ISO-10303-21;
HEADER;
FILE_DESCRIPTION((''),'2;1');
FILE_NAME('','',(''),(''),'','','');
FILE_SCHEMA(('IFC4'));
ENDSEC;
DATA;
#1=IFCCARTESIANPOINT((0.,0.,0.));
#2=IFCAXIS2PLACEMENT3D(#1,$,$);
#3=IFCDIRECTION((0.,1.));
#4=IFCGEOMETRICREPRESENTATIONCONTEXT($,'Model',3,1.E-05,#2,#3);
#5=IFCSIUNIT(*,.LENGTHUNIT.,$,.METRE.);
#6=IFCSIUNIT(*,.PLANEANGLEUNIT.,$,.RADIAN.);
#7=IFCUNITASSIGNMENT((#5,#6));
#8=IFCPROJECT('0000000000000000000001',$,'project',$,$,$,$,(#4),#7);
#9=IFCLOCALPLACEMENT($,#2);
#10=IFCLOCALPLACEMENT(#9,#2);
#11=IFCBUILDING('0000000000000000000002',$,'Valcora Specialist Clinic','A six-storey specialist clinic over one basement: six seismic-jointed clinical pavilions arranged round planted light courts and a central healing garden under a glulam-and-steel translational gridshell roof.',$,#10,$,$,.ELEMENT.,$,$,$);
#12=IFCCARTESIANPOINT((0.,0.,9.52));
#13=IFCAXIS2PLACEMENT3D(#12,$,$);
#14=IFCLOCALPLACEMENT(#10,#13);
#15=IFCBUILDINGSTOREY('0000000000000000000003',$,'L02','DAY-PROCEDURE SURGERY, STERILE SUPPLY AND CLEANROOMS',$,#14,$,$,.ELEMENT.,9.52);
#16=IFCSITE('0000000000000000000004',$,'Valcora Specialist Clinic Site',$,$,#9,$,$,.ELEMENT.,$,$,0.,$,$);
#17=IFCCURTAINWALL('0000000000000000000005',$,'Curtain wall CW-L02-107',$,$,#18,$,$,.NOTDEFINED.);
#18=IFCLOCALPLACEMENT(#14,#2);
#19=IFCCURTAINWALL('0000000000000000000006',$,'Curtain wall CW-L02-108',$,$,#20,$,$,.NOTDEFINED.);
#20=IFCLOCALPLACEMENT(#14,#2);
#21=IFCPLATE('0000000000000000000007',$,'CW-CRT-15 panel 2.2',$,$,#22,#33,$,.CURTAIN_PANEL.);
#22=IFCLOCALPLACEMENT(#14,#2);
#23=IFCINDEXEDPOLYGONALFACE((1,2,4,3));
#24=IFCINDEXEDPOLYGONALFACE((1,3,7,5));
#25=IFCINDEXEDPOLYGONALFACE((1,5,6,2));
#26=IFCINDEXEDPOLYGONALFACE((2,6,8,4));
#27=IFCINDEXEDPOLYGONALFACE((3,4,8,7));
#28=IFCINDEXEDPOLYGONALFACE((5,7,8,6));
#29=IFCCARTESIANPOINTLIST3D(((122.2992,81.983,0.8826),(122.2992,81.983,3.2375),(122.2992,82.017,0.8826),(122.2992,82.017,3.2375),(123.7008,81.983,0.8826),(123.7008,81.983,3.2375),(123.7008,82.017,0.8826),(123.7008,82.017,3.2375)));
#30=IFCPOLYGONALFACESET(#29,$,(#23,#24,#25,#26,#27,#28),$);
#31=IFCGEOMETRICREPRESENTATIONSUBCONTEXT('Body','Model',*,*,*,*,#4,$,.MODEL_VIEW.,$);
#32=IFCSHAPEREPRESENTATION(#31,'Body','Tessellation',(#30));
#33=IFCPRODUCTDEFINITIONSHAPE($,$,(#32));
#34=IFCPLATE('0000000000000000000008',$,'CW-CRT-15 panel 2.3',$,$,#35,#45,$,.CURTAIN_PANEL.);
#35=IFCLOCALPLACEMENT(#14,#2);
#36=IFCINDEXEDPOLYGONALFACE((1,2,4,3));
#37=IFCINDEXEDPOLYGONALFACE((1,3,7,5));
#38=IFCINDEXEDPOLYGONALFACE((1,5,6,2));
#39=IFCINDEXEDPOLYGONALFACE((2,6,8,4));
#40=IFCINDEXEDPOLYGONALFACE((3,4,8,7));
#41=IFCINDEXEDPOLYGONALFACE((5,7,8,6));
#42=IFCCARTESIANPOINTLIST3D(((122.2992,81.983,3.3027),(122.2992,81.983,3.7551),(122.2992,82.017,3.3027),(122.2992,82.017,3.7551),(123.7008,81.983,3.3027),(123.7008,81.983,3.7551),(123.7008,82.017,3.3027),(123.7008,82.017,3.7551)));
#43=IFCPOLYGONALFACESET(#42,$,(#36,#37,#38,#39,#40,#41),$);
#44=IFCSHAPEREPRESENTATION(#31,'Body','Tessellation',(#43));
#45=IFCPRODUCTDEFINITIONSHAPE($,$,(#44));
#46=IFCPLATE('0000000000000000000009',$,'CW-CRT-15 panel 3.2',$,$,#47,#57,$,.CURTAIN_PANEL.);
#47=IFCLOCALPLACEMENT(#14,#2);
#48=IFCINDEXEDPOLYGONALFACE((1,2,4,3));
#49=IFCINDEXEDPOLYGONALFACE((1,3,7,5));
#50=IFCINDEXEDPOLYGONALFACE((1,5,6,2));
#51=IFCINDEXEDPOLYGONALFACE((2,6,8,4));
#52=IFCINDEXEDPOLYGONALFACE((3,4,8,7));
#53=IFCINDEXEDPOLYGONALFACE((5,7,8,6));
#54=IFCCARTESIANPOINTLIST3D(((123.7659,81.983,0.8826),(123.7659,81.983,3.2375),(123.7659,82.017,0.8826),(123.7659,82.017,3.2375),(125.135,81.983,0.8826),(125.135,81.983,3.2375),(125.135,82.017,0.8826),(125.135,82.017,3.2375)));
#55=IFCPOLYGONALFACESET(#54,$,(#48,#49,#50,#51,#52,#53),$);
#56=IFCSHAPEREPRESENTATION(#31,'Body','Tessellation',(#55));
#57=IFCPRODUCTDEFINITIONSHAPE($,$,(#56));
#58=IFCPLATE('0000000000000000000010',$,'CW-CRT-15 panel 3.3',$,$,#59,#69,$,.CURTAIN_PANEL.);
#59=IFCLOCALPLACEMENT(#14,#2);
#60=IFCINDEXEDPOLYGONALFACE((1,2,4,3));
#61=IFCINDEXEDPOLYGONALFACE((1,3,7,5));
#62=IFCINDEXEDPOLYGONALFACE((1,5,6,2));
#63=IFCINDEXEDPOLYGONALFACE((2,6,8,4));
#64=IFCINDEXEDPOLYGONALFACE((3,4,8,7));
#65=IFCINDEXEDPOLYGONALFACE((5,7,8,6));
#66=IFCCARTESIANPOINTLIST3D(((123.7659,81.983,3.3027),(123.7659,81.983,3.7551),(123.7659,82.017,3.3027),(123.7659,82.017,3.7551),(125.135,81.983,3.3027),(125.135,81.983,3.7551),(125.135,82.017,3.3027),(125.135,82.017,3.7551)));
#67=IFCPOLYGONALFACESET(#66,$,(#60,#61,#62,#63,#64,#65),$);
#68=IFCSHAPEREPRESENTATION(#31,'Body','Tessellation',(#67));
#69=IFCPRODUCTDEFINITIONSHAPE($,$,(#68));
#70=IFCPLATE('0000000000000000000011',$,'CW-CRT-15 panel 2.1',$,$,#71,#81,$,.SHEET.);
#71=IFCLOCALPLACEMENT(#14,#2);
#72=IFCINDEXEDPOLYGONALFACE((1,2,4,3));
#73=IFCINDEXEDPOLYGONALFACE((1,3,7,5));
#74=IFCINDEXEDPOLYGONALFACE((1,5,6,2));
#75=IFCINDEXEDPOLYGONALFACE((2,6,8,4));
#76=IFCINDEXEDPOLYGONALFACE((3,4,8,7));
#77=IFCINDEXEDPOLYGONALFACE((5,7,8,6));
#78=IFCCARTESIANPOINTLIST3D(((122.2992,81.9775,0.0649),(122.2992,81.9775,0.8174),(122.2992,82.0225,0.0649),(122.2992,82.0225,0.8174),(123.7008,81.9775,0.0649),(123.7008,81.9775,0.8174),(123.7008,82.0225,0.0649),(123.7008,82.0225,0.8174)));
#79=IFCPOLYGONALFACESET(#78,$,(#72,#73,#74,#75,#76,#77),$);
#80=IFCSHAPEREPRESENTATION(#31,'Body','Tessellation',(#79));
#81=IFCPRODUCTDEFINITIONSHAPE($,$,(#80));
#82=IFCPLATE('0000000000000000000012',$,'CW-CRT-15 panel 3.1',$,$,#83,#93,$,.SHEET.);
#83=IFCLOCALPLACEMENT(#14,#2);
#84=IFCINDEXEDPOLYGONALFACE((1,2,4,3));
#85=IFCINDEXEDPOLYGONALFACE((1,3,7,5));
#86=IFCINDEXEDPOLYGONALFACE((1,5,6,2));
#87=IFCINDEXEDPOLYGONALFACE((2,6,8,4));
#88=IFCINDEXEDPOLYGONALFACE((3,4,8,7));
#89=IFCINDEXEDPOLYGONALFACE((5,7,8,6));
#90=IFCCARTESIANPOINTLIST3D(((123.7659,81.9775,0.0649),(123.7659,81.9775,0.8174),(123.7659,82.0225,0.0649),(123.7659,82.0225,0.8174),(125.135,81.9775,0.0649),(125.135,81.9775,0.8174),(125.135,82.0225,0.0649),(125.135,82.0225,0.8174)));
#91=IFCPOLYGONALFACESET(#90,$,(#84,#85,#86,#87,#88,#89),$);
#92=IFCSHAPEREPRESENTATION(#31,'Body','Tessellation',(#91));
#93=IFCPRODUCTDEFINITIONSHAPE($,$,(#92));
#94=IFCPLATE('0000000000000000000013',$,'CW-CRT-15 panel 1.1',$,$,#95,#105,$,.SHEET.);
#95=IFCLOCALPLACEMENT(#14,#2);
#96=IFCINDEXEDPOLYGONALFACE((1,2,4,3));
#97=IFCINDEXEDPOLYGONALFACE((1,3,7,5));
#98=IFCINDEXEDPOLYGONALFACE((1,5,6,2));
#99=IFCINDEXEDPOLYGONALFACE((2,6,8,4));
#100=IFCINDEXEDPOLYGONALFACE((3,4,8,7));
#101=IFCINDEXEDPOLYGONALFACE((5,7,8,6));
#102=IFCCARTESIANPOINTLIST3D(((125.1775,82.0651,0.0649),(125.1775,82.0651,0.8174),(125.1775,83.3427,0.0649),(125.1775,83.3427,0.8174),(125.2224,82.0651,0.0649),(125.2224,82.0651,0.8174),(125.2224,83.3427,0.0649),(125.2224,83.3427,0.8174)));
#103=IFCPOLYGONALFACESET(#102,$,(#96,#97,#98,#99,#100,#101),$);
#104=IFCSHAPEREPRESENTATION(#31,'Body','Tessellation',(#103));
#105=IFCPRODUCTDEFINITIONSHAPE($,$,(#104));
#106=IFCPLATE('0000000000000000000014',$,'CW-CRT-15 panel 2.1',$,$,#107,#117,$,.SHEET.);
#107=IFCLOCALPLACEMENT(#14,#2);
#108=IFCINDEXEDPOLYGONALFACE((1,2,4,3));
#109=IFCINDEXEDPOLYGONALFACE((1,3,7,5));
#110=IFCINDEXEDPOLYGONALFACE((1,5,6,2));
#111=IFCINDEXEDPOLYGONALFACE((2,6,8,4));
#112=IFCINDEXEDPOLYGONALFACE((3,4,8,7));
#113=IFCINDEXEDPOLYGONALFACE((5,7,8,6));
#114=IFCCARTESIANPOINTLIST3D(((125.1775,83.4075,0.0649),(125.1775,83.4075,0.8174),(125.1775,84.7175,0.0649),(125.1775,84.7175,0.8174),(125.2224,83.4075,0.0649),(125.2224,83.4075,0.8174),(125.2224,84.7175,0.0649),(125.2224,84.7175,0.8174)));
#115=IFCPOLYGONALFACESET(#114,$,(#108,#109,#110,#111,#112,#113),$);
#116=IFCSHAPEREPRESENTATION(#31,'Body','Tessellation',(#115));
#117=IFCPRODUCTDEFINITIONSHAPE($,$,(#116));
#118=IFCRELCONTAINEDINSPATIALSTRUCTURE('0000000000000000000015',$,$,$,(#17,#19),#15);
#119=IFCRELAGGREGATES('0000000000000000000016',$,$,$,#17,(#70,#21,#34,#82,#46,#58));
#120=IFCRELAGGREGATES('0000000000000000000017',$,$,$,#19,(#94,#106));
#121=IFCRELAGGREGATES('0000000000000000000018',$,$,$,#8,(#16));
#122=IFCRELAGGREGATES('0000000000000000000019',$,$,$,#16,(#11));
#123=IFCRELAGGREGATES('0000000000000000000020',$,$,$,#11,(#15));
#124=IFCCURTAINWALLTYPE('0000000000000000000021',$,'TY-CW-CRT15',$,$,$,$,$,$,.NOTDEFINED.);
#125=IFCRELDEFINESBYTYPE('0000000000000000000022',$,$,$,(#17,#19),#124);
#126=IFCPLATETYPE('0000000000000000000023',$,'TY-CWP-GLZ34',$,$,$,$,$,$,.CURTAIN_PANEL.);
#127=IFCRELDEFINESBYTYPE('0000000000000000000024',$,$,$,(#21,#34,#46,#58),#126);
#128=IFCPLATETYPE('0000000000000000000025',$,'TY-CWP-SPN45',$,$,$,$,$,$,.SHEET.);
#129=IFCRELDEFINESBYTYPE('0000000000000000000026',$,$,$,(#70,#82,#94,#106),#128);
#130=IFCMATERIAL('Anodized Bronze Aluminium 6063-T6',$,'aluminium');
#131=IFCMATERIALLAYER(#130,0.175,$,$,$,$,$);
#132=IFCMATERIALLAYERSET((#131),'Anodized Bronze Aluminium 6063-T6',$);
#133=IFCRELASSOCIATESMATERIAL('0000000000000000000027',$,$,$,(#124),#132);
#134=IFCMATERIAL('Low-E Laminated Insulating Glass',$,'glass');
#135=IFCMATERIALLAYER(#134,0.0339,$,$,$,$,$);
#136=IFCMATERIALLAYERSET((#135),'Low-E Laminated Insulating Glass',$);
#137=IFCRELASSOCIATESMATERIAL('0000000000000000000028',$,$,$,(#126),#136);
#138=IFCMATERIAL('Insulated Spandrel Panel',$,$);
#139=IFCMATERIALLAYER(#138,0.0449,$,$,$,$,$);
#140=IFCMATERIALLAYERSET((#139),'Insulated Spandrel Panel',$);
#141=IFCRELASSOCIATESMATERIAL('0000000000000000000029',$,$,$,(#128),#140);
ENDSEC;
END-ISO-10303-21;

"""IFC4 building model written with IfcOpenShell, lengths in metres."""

from ifc_helpers import new_model, si_unit, direction, frame, origin, origin_2d, place, context, subcontext, project, spatial, rectangle, extrude, material, layer, layer_set, type_object, element, aggregate, save


model = new_model("IFC4")

# Units and contexts
model_context = context("Model", 3, precision=1e-05, world=origin(), true_north=direction((0.0, 1.0)))
body_context = subcontext(model_context, "Body", "Model", "MODEL_VIEW")
ifc_project = project(units=[si_unit("LENGTHUNIT", "METRE"), si_unit("PLANEANGLEUNIT", "RADIAN")], contexts=[model_context])

# Site, building, storey
site_placement = place(None, origin())
site = spatial("IfcSite", under=ifc_project, at=site_placement, Name="Valcora Specialist Clinic Site", CompositionType="ELEMENT", RefElevation=0.0)
building_placement = place(site_placement, origin())
building = spatial("IfcBuilding", under=site, at=building_placement, Name="Valcora Specialist Clinic", Description="A six-storey specialist clinic over one basement: six seismic-jointed clinical pavilions arranged round planted light courts and a central healing garden under a glulam-and-steel translational gridshell roof.", CompositionType="ELEMENT")
storey_placement = place(building_placement, frame((0.0, 0.0, 9.52)))
storey = spatial("IfcBuildingStorey", under=building, at=storey_placement, Name="L02", Description="DAY-PROCEDURE SURGERY, STERILE SUPPLY AND CLEANROOMS", CompositionType="ELEMENT", Elevation=9.52)

# Curtain walls
ifc_material_1 = material(Name="Anodized Bronze Aluminium 6063-T6", Category="aluminium")
ifc_layer_1 = layer(ifc_material_1, 0.175)
ifc_layer_set_1 = layer_set([ifc_layer_1], Name="Anodized Bronze Aluminium 6063-T6")
curtain_wall_type = type_object("IfcCurtainWallType", Name="TY-CW-CRT15", PredefinedType="NOTDEFINED", material=ifc_layer_set_1)
curtain_wall_1_placement = place(storey_placement, origin())
curtain_wall_1 = element("IfcCurtainWall", 1, at=curtain_wall_1_placement, inside=storey, type_object=curtain_wall_type, Name="Curtain wall CW-L02-107", PredefinedType="NOTDEFINED")
curtain_wall_2_placement = place(storey_placement, origin())
curtain_wall_2 = element("IfcCurtainWall", 2, at=curtain_wall_2_placement, inside=storey, type_object=curtain_wall_type, Name="Curtain wall CW-L02-108", PredefinedType="NOTDEFINED")

# Plates
ifc_material_2 = material(Name="Low-E Laminated Insulating Glass", Category="glass")
ifc_layer_2 = layer(ifc_material_2, 0.0339)
ifc_layer_set_2 = layer_set([ifc_layer_2], Name="Low-E Laminated Insulating Glass")
plate_type_1 = type_object("IfcPlateType", Name="TY-CWP-GLZ34", PredefinedType="CURTAIN_PANEL", material=ifc_layer_set_2)
plate_1_placement = place(storey_placement, frame((123.0, 82.0, 0.8826), z_axis=(0.0, 0.0, 1.0), x_axis=(1.0, 0.0, 0.0)))
plate_1 = element("IfcPlate", 3, at=plate_1_placement, type_object=plate_type_1, Name="CW-CRT-15 panel 2.2", PredefinedType="CURTAIN_PANEL", context=body_context, shape_type="SweptSolid", body=[
    extrude(rectangle(XDim=1.4016, YDim=0.0339, at=origin_2d()), origin(), (0.0, 0.0, 1.0), 2.355),
])
plate_2_placement = place(storey_placement, frame((123.0, 82.0, 3.3027), z_axis=(0.0, 0.0, 1.0), x_axis=(1.0, 0.0, 0.0)))
plate_2 = element("IfcPlate", 4, at=plate_2_placement, type_object=plate_type_1, Name="CW-CRT-15 panel 2.3", PredefinedType="CURTAIN_PANEL", context=body_context, shape_type="SweptSolid", body=[
    extrude(rectangle(XDim=1.4016, YDim=0.0339, at=origin_2d()), origin(), (0.0, 0.0, 1.0), 0.4524),
])
plate_3_placement = place(storey_placement, frame((124.4504, 82.0, 0.8826), z_axis=(0.0, 0.0, 1.0), x_axis=(1.0, 0.0, 0.0)))
plate_3 = element("IfcPlate", 5, at=plate_3_placement, type_object=plate_type_1, Name="CW-CRT-15 panel 3.2", PredefinedType="CURTAIN_PANEL", context=body_context, shape_type="SweptSolid", body=[
    extrude(rectangle(XDim=1.3691, YDim=0.0339, at=origin_2d()), origin(), (0.0, 0.0, 1.0), 2.355),
])
plate_4_placement = place(storey_placement, frame((124.4504, 82.0, 3.3027), z_axis=(0.0, 0.0, 1.0), x_axis=(1.0, 0.0, 0.0)))
plate_4 = element("IfcPlate", 6, at=plate_4_placement, type_object=plate_type_1, Name="CW-CRT-15 panel 3.3", PredefinedType="CURTAIN_PANEL", context=body_context, shape_type="SweptSolid", body=[
    extrude(rectangle(XDim=1.3691, YDim=0.0339, at=origin_2d()), origin(), (0.0, 0.0, 1.0), 0.4524),
])
ifc_material_3 = material(Name="Insulated Spandrel Panel")
ifc_layer_3 = layer(ifc_material_3, 0.0449)
ifc_layer_set_3 = layer_set([ifc_layer_3], Name="Insulated Spandrel Panel")
plate_type_2 = type_object("IfcPlateType", Name="TY-CWP-SPN45", PredefinedType="SHEET", material=ifc_layer_set_3)
plate_5_placement = place(storey_placement, frame((123.0, 82.0, 0.0649), z_axis=(0.0, 0.0, 1.0), x_axis=(1.0, 0.0, 0.0)))
plate_5 = element("IfcPlate", 7, at=plate_5_placement, type_object=plate_type_2, Name="CW-CRT-15 panel 2.1", PredefinedType="SHEET", context=body_context, shape_type="SweptSolid", body=[
    extrude(rectangle(XDim=1.4016, YDim=0.0449, at=origin_2d()), origin(), (0.0, 0.0, 1.0), 0.7524),
])
plate_6_placement = place(storey_placement, frame((124.4504, 82.0, 0.0649), z_axis=(0.0, 0.0, 1.0), x_axis=(1.0, 0.0, 0.0)))
plate_6 = element("IfcPlate", 8, at=plate_6_placement, type_object=plate_type_2, Name="CW-CRT-15 panel 3.1", PredefinedType="SHEET", context=body_context, shape_type="SweptSolid", body=[
    extrude(rectangle(XDim=1.3691, YDim=0.0449, at=origin_2d()), origin(), (0.0, 0.0, 1.0), 0.7524),
])
aggregate(curtain_wall_1, [plate_5, plate_1, plate_2, plate_6, plate_3, plate_4])
plate_7_placement = place(storey_placement, frame((125.2, 82.7039, 0.0649), z_axis=(0.0, 0.0, 1.0), x_axis=(0.0, 1.0, 0.0)))
plate_7 = element("IfcPlate", 9, at=plate_7_placement, type_object=plate_type_2, Name="CW-CRT-15 panel 1.1", PredefinedType="SHEET", context=body_context, shape_type="SweptSolid", body=[
    extrude(rectangle(XDim=1.2776, YDim=0.0449, at=origin_2d()), origin(), (0.0, 0.0, 1.0), 0.7524),
])
plate_8_placement = place(storey_placement, frame((125.2, 84.0625, 0.0649), z_axis=(0.0, 0.0, 1.0), x_axis=(0.0, 1.0, 0.0)))
plate_8 = element("IfcPlate", 10, at=plate_8_placement, type_object=plate_type_2, Name="CW-CRT-15 panel 2.1", PredefinedType="SHEET", context=body_context, shape_type="SweptSolid", body=[
    extrude(rectangle(XDim=1.3101, YDim=0.0449, at=origin_2d()), origin(), (0.0, 0.0, 1.0), 0.7524),
])
aggregate(curtain_wall_2, [plate_7, plate_8])

save(model, "model.ifc")
